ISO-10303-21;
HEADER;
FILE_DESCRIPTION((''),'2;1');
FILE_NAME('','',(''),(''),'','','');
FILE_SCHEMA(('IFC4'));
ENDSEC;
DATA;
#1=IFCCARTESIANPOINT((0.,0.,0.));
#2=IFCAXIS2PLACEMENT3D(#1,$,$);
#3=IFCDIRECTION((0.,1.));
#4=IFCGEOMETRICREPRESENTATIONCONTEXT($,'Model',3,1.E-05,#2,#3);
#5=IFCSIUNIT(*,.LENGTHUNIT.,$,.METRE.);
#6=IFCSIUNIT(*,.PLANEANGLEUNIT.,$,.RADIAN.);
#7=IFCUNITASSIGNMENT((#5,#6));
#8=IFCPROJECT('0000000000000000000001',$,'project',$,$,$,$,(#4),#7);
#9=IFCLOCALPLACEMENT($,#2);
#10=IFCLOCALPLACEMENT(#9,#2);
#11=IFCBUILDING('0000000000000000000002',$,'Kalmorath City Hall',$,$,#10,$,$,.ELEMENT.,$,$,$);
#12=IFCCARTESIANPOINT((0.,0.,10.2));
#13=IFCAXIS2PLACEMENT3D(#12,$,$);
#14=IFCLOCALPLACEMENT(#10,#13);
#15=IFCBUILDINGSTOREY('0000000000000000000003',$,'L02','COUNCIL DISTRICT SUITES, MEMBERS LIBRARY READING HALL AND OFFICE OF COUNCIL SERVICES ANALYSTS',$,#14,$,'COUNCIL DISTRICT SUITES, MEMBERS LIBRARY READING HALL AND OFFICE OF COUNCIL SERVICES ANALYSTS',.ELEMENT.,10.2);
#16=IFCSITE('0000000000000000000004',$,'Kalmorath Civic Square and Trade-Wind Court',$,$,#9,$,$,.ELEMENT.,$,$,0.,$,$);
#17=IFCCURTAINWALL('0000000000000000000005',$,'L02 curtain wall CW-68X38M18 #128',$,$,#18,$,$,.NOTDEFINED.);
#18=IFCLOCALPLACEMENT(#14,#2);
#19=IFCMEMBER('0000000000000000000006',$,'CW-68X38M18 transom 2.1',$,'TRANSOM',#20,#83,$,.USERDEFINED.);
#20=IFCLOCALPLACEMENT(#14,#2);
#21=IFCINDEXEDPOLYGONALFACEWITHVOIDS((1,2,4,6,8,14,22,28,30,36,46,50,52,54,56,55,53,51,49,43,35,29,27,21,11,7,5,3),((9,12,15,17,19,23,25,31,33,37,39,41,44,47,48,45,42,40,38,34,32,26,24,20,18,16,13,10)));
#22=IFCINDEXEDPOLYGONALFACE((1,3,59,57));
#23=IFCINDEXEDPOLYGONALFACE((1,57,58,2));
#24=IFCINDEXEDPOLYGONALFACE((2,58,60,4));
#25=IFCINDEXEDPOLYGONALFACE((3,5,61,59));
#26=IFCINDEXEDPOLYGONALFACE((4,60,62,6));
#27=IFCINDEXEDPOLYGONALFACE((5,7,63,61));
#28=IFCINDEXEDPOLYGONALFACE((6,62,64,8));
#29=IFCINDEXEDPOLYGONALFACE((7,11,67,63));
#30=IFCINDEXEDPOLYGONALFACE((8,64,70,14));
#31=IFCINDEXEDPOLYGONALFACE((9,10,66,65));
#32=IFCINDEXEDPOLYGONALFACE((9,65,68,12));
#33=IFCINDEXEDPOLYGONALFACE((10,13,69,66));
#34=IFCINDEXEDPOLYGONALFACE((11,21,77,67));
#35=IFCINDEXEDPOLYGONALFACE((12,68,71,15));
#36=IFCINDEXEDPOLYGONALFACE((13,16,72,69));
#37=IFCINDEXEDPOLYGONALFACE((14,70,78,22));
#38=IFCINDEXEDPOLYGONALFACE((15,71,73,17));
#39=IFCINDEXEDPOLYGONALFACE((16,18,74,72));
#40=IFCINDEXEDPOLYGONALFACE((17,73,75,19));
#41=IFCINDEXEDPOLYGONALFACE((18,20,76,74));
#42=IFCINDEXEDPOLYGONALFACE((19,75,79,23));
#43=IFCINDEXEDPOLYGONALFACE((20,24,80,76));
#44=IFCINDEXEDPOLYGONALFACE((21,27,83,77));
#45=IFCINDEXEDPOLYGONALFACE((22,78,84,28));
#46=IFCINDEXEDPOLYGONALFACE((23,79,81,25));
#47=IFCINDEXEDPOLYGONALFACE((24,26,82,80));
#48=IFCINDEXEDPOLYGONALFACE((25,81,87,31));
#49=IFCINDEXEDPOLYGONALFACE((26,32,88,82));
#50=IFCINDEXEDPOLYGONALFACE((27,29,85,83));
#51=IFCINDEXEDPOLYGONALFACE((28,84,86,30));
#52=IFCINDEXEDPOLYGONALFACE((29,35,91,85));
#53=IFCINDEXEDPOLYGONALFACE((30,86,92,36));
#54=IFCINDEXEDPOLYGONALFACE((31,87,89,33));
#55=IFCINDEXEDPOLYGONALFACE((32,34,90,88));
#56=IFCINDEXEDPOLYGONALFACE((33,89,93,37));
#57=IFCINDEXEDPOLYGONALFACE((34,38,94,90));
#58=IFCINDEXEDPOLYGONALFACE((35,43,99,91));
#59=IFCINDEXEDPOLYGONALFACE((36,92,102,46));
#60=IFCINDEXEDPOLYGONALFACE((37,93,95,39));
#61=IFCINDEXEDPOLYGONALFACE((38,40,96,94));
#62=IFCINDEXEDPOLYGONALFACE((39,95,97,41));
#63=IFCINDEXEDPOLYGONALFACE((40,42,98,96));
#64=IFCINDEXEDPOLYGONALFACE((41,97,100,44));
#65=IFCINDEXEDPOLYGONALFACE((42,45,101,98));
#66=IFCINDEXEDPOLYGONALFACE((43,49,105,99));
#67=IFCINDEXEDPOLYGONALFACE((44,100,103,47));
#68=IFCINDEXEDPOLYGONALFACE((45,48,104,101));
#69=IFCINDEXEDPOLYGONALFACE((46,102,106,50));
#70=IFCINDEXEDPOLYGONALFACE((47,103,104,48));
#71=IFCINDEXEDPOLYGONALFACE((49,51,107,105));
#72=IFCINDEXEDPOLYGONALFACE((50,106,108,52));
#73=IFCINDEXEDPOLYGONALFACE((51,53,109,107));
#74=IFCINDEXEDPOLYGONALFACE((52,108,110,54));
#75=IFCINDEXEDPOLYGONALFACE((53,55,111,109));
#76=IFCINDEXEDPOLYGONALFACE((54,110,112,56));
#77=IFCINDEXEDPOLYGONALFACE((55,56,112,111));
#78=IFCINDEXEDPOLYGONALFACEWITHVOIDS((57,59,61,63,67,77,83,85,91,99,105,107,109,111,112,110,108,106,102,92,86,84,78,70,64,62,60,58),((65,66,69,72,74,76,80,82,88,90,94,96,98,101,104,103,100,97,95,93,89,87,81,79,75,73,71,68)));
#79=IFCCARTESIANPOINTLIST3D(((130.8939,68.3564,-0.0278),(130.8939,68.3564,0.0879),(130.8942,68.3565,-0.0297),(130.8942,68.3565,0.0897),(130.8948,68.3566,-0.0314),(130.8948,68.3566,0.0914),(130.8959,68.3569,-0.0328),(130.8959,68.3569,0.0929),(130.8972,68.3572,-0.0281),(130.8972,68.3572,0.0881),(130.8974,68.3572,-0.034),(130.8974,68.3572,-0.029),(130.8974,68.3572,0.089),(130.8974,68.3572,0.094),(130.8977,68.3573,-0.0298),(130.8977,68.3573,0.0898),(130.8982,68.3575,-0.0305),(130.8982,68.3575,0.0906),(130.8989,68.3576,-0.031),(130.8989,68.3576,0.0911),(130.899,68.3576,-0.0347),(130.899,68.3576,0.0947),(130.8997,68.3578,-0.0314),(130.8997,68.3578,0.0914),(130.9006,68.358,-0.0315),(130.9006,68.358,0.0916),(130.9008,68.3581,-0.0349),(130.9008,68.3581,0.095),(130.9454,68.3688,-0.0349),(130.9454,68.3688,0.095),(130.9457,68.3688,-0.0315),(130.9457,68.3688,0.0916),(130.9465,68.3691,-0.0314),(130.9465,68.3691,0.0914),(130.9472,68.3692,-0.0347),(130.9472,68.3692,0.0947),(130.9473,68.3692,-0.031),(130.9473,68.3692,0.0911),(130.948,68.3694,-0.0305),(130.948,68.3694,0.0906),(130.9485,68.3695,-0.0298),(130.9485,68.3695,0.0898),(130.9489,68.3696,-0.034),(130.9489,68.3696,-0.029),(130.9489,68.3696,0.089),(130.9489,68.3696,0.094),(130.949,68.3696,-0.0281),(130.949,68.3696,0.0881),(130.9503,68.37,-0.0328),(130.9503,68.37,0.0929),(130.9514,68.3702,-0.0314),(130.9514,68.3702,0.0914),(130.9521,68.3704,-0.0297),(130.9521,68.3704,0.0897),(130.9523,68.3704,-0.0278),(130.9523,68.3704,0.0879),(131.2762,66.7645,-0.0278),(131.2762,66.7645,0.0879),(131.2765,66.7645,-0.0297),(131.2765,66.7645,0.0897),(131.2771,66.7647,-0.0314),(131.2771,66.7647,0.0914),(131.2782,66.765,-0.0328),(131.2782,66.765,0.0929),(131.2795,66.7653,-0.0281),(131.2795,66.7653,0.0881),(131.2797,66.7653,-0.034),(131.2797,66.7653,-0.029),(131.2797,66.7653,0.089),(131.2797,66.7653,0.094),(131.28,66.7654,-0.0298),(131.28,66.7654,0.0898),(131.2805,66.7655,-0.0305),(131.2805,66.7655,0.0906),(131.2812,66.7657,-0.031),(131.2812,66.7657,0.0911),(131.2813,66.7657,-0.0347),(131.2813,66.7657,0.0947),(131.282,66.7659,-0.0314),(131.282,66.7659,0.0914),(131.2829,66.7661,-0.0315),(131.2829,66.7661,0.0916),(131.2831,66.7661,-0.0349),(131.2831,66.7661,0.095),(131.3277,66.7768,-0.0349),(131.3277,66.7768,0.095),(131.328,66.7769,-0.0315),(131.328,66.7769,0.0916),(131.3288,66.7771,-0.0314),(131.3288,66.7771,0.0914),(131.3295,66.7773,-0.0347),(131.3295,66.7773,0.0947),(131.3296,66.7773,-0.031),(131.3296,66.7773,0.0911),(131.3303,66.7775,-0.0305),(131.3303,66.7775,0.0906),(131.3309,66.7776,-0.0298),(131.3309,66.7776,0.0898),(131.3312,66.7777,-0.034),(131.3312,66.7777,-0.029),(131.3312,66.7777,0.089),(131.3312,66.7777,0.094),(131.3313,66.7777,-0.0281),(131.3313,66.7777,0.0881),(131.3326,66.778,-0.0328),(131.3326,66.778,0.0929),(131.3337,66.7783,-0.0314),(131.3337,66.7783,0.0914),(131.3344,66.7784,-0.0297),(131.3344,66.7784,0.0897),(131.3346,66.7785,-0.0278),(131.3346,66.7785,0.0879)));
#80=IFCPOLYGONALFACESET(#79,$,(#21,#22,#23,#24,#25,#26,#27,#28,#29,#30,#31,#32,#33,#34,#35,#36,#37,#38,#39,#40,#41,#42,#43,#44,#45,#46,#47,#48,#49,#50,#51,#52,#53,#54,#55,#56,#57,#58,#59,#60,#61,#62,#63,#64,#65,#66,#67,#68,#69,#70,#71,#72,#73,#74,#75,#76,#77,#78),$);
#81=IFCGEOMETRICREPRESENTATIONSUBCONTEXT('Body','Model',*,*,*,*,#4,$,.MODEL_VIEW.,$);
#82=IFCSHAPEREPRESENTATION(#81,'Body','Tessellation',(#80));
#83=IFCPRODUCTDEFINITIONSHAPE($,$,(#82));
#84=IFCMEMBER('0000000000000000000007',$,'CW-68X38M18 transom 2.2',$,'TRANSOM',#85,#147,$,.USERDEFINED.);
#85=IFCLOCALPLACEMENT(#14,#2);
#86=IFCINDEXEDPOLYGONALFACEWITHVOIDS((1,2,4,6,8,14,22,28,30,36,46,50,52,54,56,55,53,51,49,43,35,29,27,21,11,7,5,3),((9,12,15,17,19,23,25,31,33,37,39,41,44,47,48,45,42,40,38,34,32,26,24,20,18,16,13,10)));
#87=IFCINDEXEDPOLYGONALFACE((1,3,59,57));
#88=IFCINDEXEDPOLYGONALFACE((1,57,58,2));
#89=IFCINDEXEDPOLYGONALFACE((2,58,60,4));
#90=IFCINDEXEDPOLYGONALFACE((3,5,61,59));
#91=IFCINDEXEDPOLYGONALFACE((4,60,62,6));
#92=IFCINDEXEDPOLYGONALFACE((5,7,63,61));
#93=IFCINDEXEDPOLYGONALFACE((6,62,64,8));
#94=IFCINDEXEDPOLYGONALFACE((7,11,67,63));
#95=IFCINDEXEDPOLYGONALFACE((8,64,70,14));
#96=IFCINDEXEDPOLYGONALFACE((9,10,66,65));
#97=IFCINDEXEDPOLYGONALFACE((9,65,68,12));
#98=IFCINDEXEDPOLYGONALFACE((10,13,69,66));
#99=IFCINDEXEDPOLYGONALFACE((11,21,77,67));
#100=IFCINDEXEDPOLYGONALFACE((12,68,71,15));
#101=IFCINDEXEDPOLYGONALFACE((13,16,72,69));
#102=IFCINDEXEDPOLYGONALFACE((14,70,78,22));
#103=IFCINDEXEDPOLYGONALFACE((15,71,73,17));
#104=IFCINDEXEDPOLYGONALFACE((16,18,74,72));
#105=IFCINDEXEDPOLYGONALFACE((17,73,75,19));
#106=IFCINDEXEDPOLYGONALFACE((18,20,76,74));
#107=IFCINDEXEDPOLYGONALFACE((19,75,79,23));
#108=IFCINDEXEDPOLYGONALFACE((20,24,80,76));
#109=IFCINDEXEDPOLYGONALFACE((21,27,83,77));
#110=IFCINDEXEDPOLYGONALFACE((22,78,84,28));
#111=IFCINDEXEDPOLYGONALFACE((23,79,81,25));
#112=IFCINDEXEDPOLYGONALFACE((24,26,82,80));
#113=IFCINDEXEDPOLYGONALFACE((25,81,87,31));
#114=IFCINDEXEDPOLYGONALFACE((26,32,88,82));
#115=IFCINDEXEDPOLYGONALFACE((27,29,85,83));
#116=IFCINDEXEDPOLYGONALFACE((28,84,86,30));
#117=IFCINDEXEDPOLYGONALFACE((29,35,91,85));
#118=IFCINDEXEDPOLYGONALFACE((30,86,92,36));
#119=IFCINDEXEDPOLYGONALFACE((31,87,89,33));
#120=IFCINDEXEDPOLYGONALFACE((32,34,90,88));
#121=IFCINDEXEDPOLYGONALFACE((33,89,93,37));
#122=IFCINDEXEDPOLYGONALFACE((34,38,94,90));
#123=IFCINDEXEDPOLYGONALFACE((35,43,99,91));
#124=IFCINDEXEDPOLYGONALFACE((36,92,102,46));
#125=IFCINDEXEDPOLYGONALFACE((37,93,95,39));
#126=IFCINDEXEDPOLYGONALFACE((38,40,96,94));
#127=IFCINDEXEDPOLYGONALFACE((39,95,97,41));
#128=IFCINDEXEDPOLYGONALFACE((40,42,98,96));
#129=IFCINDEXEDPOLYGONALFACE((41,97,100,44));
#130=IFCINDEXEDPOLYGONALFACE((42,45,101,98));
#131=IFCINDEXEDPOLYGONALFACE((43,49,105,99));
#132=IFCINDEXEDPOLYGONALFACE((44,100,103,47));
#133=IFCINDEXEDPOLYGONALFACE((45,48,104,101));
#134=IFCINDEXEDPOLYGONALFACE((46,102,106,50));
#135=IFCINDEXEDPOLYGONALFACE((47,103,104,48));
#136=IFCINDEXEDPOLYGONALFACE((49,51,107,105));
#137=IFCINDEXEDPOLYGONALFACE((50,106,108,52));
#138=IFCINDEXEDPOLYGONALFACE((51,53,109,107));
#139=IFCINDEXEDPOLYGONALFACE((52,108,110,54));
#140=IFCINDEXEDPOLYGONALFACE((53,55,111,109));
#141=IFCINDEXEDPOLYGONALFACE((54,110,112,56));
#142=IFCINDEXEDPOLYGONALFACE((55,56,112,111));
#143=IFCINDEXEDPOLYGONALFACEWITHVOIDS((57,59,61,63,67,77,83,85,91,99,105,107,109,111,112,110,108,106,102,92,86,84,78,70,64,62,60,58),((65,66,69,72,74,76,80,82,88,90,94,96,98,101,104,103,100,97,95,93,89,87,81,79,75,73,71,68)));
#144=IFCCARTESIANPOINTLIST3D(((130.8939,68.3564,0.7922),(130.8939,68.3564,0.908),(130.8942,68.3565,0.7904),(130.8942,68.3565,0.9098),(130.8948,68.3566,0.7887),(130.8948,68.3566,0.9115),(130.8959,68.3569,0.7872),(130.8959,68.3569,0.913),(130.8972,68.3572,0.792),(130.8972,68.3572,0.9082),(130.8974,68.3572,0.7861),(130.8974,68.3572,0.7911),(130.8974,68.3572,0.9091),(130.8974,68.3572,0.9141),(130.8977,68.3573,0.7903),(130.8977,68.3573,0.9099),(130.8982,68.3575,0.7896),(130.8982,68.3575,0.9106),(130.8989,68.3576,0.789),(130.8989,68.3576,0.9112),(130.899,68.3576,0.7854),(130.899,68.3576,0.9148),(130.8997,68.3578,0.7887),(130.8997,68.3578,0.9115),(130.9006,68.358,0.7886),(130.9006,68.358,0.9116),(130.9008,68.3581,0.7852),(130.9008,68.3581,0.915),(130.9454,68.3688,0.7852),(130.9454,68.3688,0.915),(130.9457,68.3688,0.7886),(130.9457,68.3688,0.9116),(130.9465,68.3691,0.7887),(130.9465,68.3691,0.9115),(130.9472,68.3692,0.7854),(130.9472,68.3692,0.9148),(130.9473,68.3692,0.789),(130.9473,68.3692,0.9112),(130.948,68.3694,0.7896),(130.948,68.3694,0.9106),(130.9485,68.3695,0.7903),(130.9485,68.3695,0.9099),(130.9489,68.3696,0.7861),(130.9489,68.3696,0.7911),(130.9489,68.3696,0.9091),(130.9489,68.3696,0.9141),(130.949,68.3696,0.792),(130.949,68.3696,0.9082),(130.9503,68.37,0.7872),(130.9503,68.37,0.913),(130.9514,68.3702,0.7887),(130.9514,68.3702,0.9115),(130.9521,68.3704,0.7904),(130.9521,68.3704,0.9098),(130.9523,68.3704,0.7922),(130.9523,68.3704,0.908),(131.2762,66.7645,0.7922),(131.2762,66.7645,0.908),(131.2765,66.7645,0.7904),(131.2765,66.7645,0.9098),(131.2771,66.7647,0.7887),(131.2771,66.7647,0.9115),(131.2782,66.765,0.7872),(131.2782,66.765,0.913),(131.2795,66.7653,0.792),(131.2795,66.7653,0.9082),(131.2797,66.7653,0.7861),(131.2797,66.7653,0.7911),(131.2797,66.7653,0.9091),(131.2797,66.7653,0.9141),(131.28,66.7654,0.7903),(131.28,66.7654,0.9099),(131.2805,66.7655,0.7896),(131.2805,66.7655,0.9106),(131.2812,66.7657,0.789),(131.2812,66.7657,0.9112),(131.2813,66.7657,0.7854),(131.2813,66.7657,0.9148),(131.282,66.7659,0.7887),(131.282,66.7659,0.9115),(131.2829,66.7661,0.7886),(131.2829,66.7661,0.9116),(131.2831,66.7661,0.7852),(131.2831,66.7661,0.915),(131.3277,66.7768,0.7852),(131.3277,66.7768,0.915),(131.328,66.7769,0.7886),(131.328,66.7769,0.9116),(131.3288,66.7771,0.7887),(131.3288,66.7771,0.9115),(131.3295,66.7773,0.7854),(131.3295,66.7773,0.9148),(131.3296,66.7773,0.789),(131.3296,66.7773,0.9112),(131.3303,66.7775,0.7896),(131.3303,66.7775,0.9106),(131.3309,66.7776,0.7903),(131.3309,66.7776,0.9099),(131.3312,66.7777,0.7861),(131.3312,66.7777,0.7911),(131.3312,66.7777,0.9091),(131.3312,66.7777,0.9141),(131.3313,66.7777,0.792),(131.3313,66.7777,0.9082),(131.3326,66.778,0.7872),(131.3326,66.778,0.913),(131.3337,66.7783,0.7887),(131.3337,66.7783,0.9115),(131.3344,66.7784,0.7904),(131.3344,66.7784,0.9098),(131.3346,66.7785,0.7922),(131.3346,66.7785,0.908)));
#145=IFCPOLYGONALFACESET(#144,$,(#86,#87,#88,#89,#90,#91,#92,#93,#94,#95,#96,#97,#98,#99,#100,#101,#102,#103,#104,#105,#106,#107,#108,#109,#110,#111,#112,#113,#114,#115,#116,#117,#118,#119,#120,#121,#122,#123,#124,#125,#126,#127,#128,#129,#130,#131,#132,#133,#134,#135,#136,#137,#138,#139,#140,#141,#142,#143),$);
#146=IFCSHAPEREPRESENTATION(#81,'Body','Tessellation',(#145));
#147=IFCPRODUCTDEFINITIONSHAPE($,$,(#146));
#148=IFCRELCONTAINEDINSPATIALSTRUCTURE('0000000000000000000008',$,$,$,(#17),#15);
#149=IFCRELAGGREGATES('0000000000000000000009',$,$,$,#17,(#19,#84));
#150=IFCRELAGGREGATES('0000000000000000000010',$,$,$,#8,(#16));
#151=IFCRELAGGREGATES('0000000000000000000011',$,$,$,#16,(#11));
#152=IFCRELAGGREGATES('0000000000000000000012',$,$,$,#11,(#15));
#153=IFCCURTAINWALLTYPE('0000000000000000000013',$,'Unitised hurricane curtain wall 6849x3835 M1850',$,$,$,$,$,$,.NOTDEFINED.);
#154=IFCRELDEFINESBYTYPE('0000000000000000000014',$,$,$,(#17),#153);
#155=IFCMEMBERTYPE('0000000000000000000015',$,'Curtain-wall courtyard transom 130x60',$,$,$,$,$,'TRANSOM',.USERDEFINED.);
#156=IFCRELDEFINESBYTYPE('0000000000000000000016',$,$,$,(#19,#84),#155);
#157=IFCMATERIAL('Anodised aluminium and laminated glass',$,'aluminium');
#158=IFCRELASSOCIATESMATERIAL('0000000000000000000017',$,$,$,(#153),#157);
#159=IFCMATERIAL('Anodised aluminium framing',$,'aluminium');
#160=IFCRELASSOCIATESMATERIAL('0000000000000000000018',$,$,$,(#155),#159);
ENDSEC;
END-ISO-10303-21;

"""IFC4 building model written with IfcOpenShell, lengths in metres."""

from ifc_helpers import new_model, si_unit, direction, frame, origin, origin_2d, place, context, subcontext, project, spatial, hollow_rectangle, extrude, material, material_profile, profile_set, type_object, element, aggregate, save


model = new_model("IFC4")

# Units and contexts
model_context = context("Model", 3, precision=1e-05, world=origin(), true_north=direction((0.0, 1.0)))
body_context = subcontext(model_context, "Body", "Model", "MODEL_VIEW")
ifc_project = project(units=[si_unit("LENGTHUNIT", "METRE"), si_unit("PLANEANGLEUNIT", "RADIAN")], contexts=[model_context])

# Site, building, storey
site_placement = place(None, origin())
site = spatial("IfcSite", under=ifc_project, at=site_placement, Name="Kalmorath Civic Square and Trade-Wind Court", CompositionType="ELEMENT", RefElevation=0.0)
building_placement = place(site_placement, origin())
building = spatial("IfcBuilding", under=site, at=building_placement, Name="Kalmorath City Hall", CompositionType="ELEMENT")
storey_placement = place(building_placement, frame((0.0, 0.0, 10.2)))
storey = spatial("IfcBuildingStorey", under=building, at=storey_placement, Name="L02", Description="COUNCIL DISTRICT SUITES, MEMBERS LIBRARY READING HALL AND OFFICE OF COUNCIL SERVICES ANALYSTS", LongName="COUNCIL DISTRICT SUITES, MEMBERS LIBRARY READING HALL AND OFFICE OF COUNCIL SERVICES ANALYSTS", CompositionType="ELEMENT", Elevation=10.2)

# Curtain wall, members
ifc_material_1 = material(Name="Anodised aluminium and laminated glass", Category="aluminium")
curtain_wall_type = type_object("IfcCurtainWallType", Name="Unitised hurricane curtain wall 6849x3835 M1850", PredefinedType="NOTDEFINED", material=ifc_material_1)
ifc_material_2 = material(Name="Anodised aluminium framing", Category="aluminium")
ifc_material_profile_1 = material_profile(ifc_material_2, hollow_rectangle(XDim=0.0601, YDim=0.1299, WallThickness=0.0034, InnerFilletRadius=0.0034, OuterFilletRadius=0.0071, at=origin_2d()), Name="ALU-TRN-130X60X3.5")
ifc_profile_set_1 = profile_set([ifc_material_profile_1], Name="Anodised aluminium framing")
member_type_1 = type_object("IfcMemberType", Name="Curtain-wall courtyard transom 130x60", ElementType="TRANSOM", PredefinedType="USERDEFINED", material=ifc_profile_set_1)
curtain_wall_1_placement = place(storey_placement, origin())
curtain_wall_1 = element("IfcCurtainWall", 1, at=curtain_wall_1_placement, inside=storey, type_object=curtain_wall_type, Name="L02 curtain wall CW-68X38M18 #128", PredefinedType="NOTDEFINED")
member_1_placement = place(storey_placement, frame((131.3054, 66.7715, 0.03), z_axis=(-0.233508, 0.972355, 0.0), x_axis=(-0.972355, -0.233508, 0.0)))
member_1 = element("IfcMember", 2, at=member_1_placement, type_object=member_type_1, Name="CW-68X38M18 transom 2.1", ObjectType="TRANSOM", PredefinedType="USERDEFINED", context=body_context, shape_type="SweptSolid", body=[
    extrude(hollow_rectangle(XDim=0.0601, YDim=0.1299, WallThickness=0.0034, InnerFilletRadius=0.0034, OuterFilletRadius=0.0071, at=origin_2d()), origin(), (0.0, 0.0, 1.0), 1.6372),
])
member_2_placement = place(storey_placement, frame((131.3054, 66.7715, 0.8501), z_axis=(-0.233508, 0.972355, 0.0), x_axis=(-0.972355, -0.233508, 0.0)))
member_2 = element("IfcMember", 3, at=member_2_placement, type_object=member_type_1, Name="CW-68X38M18 transom 2.2", ObjectType="TRANSOM", PredefinedType="USERDEFINED", context=body_context, shape_type="SweptSolid", body=[
    extrude(hollow_rectangle(XDim=0.0601, YDim=0.1299, WallThickness=0.0034, InnerFilletRadius=0.0034, OuterFilletRadius=0.0071, at=origin_2d()), origin(), (0.0, 0.0, 1.0), 1.6372),
])

aggregate(curtain_wall_1, [member_1, member_2])

save(model, "model.ifc")
